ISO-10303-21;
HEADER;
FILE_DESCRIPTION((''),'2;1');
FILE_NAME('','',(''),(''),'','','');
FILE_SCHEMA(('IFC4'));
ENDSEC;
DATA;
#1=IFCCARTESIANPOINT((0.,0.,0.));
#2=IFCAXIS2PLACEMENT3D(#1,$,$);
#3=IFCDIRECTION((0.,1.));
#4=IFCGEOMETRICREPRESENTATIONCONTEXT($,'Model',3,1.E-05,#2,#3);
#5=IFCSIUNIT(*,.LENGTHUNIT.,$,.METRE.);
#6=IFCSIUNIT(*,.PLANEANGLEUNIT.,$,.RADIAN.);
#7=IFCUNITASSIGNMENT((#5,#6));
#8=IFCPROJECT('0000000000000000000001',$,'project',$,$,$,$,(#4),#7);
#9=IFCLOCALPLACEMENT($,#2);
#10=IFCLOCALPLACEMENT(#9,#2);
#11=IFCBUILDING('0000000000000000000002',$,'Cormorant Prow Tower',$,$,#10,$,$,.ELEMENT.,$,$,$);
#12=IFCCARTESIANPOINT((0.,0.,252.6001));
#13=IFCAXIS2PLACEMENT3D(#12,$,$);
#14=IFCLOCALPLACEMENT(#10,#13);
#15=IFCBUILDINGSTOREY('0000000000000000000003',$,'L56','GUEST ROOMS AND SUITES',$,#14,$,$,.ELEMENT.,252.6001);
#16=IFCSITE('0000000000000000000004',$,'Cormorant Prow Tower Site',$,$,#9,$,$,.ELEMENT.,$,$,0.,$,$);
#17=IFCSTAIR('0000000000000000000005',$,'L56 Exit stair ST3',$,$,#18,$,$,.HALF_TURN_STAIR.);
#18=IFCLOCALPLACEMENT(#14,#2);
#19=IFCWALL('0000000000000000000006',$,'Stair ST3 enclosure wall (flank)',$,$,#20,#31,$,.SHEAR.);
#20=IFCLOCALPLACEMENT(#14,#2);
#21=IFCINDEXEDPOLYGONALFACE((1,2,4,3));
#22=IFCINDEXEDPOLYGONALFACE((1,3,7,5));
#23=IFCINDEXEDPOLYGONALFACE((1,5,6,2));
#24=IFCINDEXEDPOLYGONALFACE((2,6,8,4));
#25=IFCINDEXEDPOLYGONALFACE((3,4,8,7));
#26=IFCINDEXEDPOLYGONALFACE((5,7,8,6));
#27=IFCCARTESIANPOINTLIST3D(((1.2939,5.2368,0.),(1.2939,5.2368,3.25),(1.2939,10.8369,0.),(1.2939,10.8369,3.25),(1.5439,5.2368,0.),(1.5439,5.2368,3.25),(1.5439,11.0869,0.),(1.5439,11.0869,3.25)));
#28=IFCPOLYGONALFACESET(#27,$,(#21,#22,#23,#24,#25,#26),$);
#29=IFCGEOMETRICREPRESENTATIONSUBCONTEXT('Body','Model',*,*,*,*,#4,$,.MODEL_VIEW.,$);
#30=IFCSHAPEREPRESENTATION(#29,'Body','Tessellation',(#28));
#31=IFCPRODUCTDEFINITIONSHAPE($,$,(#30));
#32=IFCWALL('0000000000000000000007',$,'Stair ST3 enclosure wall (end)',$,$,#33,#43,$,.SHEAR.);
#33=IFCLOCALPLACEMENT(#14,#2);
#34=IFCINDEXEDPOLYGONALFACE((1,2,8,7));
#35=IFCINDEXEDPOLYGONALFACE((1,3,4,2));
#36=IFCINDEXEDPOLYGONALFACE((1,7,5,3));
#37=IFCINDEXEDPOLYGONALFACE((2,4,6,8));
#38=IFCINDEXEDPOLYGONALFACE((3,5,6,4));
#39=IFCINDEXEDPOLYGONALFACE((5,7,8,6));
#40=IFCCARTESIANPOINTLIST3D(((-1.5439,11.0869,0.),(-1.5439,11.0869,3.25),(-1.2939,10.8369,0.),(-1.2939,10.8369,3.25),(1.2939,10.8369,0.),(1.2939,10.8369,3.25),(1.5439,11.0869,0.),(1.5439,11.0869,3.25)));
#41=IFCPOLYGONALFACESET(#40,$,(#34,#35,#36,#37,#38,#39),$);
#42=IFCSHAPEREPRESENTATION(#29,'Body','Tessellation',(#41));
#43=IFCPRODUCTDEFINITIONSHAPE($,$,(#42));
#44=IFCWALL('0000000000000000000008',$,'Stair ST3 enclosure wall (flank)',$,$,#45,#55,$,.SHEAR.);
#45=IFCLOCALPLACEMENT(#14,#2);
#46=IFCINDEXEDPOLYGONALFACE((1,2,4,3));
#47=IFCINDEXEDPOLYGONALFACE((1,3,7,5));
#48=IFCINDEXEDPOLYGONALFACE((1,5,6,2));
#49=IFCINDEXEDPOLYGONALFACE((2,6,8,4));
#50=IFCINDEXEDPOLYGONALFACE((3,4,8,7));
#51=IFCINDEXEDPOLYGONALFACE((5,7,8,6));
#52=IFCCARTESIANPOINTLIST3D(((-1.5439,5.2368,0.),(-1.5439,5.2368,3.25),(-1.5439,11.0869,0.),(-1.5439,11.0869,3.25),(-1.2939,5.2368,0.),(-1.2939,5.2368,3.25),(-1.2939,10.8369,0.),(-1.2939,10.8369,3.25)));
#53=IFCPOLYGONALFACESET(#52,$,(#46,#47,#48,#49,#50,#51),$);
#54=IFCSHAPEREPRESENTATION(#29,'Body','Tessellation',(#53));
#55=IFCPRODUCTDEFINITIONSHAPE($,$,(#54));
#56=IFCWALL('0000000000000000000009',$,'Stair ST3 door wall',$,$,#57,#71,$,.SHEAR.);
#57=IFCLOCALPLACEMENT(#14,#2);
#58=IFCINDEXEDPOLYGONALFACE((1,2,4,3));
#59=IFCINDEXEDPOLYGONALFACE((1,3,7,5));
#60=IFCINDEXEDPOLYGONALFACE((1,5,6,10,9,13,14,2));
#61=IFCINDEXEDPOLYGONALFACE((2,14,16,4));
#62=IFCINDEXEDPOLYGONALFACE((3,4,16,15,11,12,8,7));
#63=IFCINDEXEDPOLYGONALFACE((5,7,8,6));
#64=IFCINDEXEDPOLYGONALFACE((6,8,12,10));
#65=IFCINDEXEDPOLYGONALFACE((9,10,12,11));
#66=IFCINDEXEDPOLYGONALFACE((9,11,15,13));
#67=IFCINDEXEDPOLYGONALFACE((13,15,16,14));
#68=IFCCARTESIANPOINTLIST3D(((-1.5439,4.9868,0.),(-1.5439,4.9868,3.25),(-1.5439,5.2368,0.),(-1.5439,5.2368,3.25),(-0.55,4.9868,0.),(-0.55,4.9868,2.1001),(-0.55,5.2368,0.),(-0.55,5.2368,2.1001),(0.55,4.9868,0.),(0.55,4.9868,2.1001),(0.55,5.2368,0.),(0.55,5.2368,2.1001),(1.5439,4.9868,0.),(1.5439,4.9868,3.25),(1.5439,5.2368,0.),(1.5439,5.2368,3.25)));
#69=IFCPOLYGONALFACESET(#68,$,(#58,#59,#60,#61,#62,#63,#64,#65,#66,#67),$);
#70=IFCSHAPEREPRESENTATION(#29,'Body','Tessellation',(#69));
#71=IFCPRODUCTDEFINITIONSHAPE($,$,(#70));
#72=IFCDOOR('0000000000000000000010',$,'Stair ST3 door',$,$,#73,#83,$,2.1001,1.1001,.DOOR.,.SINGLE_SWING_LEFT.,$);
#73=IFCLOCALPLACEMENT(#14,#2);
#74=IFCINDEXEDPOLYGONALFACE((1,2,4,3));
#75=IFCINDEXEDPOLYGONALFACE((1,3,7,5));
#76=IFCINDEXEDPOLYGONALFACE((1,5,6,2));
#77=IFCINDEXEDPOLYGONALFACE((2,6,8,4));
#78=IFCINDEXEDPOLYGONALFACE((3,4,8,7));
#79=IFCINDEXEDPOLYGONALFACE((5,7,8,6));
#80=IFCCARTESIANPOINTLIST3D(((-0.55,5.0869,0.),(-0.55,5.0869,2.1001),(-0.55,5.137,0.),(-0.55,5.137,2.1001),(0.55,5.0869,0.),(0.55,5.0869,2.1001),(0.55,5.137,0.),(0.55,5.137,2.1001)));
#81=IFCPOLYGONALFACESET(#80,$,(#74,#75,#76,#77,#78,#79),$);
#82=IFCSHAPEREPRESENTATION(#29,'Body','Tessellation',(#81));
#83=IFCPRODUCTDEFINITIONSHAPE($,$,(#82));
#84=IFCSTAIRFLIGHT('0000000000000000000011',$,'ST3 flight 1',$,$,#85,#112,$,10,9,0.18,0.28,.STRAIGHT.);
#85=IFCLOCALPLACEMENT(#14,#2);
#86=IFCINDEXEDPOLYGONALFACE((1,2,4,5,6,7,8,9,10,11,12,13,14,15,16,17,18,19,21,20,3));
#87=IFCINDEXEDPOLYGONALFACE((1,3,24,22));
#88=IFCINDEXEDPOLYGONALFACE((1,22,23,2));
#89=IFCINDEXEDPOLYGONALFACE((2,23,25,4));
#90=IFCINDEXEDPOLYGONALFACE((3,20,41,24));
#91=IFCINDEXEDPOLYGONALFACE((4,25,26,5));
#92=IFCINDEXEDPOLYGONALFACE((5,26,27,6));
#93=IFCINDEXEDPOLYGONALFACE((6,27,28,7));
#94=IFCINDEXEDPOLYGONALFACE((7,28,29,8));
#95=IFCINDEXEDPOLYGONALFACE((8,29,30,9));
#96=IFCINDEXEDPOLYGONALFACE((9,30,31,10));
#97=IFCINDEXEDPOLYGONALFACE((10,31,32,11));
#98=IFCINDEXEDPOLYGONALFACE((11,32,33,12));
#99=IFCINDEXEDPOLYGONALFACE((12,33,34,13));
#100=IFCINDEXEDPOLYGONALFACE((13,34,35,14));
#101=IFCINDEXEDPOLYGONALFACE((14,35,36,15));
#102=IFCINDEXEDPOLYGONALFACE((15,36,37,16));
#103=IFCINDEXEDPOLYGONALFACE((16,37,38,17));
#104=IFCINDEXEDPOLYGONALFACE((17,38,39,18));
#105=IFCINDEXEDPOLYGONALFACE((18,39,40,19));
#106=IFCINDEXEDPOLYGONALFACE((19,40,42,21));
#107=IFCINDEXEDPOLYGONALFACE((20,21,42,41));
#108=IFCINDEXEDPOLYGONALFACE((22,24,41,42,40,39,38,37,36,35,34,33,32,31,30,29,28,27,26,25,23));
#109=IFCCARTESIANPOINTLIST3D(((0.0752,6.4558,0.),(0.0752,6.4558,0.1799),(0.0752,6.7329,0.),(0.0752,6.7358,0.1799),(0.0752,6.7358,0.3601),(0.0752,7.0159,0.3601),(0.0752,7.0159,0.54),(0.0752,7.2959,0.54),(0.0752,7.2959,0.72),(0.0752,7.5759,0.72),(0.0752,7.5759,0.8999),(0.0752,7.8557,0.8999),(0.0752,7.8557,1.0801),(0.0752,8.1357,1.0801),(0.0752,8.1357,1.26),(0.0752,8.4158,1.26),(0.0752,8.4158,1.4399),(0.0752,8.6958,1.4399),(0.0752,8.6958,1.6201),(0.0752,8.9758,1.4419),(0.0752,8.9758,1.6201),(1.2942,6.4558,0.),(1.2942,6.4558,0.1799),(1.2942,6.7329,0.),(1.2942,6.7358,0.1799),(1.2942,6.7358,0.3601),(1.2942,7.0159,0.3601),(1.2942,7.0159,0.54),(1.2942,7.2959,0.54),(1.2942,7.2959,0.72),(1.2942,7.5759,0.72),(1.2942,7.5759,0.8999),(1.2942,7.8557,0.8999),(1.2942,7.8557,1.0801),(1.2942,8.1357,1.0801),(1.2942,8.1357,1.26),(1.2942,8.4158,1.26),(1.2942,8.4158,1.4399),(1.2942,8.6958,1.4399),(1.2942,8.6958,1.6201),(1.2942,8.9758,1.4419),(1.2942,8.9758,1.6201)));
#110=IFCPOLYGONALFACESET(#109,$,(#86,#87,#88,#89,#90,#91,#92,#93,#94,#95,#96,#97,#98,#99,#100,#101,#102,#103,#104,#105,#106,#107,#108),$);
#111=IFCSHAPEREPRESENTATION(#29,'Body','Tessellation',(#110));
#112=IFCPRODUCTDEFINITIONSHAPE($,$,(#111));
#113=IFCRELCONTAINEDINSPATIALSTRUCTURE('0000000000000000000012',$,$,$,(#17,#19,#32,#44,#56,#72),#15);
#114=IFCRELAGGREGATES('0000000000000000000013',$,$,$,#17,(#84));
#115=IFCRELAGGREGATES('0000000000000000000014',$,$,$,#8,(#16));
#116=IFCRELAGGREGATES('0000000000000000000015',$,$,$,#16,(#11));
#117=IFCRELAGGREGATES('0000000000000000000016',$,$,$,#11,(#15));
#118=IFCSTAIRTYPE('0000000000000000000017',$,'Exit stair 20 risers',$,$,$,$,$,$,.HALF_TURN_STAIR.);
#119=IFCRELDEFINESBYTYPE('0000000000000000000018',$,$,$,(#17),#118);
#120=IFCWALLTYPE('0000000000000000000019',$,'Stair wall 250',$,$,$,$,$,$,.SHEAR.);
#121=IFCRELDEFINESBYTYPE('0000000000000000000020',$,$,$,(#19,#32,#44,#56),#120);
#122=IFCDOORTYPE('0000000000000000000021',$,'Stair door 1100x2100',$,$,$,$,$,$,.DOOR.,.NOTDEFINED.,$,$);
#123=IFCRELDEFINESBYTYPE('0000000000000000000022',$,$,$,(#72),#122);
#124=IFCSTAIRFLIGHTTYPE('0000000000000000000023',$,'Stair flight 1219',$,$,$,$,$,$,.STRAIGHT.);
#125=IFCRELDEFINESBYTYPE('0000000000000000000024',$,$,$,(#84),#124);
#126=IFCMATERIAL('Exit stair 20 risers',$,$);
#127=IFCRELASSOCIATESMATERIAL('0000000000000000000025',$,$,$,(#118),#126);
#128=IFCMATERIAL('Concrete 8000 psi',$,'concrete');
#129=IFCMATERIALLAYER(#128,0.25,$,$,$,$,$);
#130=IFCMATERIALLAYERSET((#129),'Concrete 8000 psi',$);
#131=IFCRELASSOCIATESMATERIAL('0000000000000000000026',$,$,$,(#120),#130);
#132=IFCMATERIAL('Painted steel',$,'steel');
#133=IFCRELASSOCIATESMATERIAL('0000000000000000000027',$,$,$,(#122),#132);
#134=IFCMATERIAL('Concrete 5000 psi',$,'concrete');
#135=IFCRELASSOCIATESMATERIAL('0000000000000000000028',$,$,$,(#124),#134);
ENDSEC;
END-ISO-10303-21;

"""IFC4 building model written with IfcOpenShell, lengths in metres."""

from ifc_helpers import new_model, si_unit, direction, frame, frame_2d, origin, place, context, subcontext, project, spatial, polyline, rectangle, outline, extrude, material, layer, layer_set, type_object, element, fill, aggregate, save


model = new_model("IFC4")

# Units and contexts
model_context = context("Model", 3, precision=1e-05, world=origin(), true_north=direction((0.0, 1.0)))
body_context = subcontext(model_context, "Body", "Model", "MODEL_VIEW")
ifc_project = project(units=[si_unit("LENGTHUNIT", "METRE"), si_unit("PLANEANGLEUNIT", "RADIAN")], contexts=[model_context])

# Site, building, storey
site_placement = place(None, origin())
site = spatial("IfcSite", under=ifc_project, at=site_placement, Name="Cormorant Prow Tower Site", CompositionType="ELEMENT", RefElevation=0.0)
building_placement = place(site_placement, origin())
building = spatial("IfcBuilding", under=site, at=building_placement, Name="Cormorant Prow Tower", CompositionType="ELEMENT")
storey_placement = place(building_placement, frame((0.0, 0.0, 252.6001)))
storey = spatial("IfcBuildingStorey", under=building, at=storey_placement, Name="L56", Description="GUEST ROOMS AND SUITES", CompositionType="ELEMENT", Elevation=252.6001)

# Stair
ifc_material_1 = material(Name="Exit stair 20 risers")
stair_type = type_object("IfcStairType", Name="Exit stair 20 risers", PredefinedType="HALF_TURN_STAIR", material=ifc_material_1)
stair_1_placement = place(storey_placement, origin())
stair_1 = element("IfcStair", 1, at=stair_1_placement, inside=storey, type_object=stair_type, Name="L56 Exit stair ST3", PredefinedType="HALF_TURN_STAIR")

# Walls
ifc_material_2 = material(Name="Concrete 8000 psi", Category="concrete")
ifc_layer_1 = layer(ifc_material_2, 0.25)
ifc_layer_set_1 = layer_set([ifc_layer_1], Name="Concrete 8000 psi")
wall_type_1 = type_object("IfcWallType", Name="Stair wall 250", PredefinedType="SHEAR", material=ifc_layer_set_1)
wall_1_placement = place(storey_placement, origin())
element("IfcWall", 2, at=wall_1_placement, inside=storey, type_object=wall_type_1, Name="Stair ST3 enclosure wall (flank)", PredefinedType="SHEAR", context=body_context, shape_type="SweptSolid", body=[
    extrude(outline(polyline([(1.5439, 5.2368), (1.5439, 11.0869), (1.2939, 10.8369), (1.2939, 5.2368), (1.5439, 5.2368)])), origin(), (0.0, 0.0, 1.0), 3.25),
])
wall_2_placement = place(storey_placement, origin())
element("IfcWall", 3, at=wall_2_placement, inside=storey, type_object=wall_type_1, Name="Stair ST3 enclosure wall (end)", PredefinedType="SHEAR", context=body_context, shape_type="SweptSolid", body=[
    extrude(outline(polyline([(1.5439, 11.0869), (-1.5439, 11.0869), (-1.2939, 10.8369), (1.2939, 10.8369), (1.5439, 11.0869)])), origin(), (0.0, 0.0, 1.0), 3.25),
])
wall_3_placement = place(storey_placement, origin())
element("IfcWall", 4, at=wall_3_placement, inside=storey, type_object=wall_type_1, Name="Stair ST3 enclosure wall (flank)", PredefinedType="SHEAR", context=body_context, shape_type="SweptSolid", body=[
    extrude(outline(polyline([(-1.2939, 10.8369), (-1.5439, 11.0869), (-1.5439, 5.2368), (-1.2939, 5.2368), (-1.2939, 10.8369)])), origin(), (0.0, 0.0, 1.0), 3.25),
])

# Wall, opening, door
wall_4_placement = place(storey_placement, frame((1.5439, 5.1118, 0.0), z_axis=(0.0, 0.0, 1.0), x_axis=(-1.0, 0.0, 0.0)))
wall_4 = element("IfcWall", 5, at=wall_4_placement, inside=storey, type_object=wall_type_1, Name="Stair ST3 door wall", PredefinedType="SHEAR", context=body_context, shape_type="SweptSolid", body=[
    extrude(rectangle(XDim=3.0879, YDim=0.25, at=frame_2d((1.5439, 0.0))), origin(), (0.0, 0.0, 1.0), 3.25),
])
opening_placement = place(wall_4_placement, frame((0.9939, 0.0, 0.0)))
opening = element("IfcOpeningElement", 6, at=opening_placement, cuts=wall_4, PredefinedType="OPENING", context=body_context, shape_type="SweptSolid", body=[
    extrude(rectangle(XDim=1.1001, YDim=2.1001, at=frame_2d((0.55, 1.05))), frame((0.0, 0.135, 0.0), z_axis=(0.0, -1.0, 0.0), x_axis=(1.0, 0.0, 0.0)), (0.0, 0.0, 1.0), 0.27),
])
ifc_material_3 = material(Name="Painted steel", Category="steel")
door_type = type_object("IfcDoorType", Name="Stair door 1100x2100", OperationType="NOTDEFINED", PredefinedType="DOOR", material=ifc_material_3)
door_placement = place(opening_placement, origin())
door = element("IfcDoor", 7, at=door_placement, inside=storey, type_object=door_type, Name="Stair ST3 door", OperationType="SINGLE_SWING_LEFT", OverallHeight=2.1001, OverallWidth=1.1001, PredefinedType="DOOR", context=body_context, shape_type="SweptSolid", body=[
    extrude(rectangle(XDim=1.1001, YDim=2.1001, at=frame_2d((0.55, 1.05))), frame((0.0, 0.0249, 0.0), z_axis=(0.0, -1.0, 0.0), x_axis=(1.0, 0.0, 0.0)), (0.0, 0.0, 1.0), 0.05),
])
fill(opening, door)

# Stair flight
ifc_material_4 = material(Name="Concrete 5000 psi", Category="concrete")
stair_flight_type = type_object("IfcStairFlightType", Name="Stair flight 1219", PredefinedType="STRAIGHT", material=ifc_material_4)
stair_flight_placement = place(storey_placement, frame((0.6846, 6.4558, 0.0), z_axis=(0.0, 0.0, 1.0), x_axis=(0.0, 1.0, 0.0)))
stair_flight = element("IfcStairFlight", 8, at=stair_flight_placement, type_object=stair_flight_type, Name="ST3 flight 1", NumberOfRisers=10, NumberOfTreads=9, PredefinedType="STRAIGHT", RiserHeight=0.18, TreadLength=0.28, context=body_context, shape_type="SweptSolid", body=[
    extrude(outline(polyline([(0.0, 0.0), (0.0, 0.1799), (0.28, 0.1799), (0.28, 0.3601), (0.5601, 0.3601), (0.5601, 0.54), (0.8401, 0.54), (0.8401, 0.72), (1.1201, 0.72), (1.1201, 0.8999), (1.3999, 0.8999), (1.3999, 1.0801), (1.6799, 1.0801), (1.6799, 1.26), (1.96, 1.26), (1.96, 1.4399), (2.24, 1.4399), (2.24, 1.6201), (2.52, 1.6201), (2.52, 1.8), (2.52, 1.4419), (0.2771, 0.0), (0.0, 0.0)])), frame((0.0, 0.6094, 0.0), z_axis=(0.0, -1.0, 0.0), x_axis=(1.0, 0.0, 0.0)), (0.0, 0.0, 1.0), 1.219),
])
aggregate(stair_1, [stair_flight])

save(model, "model.ifc")
